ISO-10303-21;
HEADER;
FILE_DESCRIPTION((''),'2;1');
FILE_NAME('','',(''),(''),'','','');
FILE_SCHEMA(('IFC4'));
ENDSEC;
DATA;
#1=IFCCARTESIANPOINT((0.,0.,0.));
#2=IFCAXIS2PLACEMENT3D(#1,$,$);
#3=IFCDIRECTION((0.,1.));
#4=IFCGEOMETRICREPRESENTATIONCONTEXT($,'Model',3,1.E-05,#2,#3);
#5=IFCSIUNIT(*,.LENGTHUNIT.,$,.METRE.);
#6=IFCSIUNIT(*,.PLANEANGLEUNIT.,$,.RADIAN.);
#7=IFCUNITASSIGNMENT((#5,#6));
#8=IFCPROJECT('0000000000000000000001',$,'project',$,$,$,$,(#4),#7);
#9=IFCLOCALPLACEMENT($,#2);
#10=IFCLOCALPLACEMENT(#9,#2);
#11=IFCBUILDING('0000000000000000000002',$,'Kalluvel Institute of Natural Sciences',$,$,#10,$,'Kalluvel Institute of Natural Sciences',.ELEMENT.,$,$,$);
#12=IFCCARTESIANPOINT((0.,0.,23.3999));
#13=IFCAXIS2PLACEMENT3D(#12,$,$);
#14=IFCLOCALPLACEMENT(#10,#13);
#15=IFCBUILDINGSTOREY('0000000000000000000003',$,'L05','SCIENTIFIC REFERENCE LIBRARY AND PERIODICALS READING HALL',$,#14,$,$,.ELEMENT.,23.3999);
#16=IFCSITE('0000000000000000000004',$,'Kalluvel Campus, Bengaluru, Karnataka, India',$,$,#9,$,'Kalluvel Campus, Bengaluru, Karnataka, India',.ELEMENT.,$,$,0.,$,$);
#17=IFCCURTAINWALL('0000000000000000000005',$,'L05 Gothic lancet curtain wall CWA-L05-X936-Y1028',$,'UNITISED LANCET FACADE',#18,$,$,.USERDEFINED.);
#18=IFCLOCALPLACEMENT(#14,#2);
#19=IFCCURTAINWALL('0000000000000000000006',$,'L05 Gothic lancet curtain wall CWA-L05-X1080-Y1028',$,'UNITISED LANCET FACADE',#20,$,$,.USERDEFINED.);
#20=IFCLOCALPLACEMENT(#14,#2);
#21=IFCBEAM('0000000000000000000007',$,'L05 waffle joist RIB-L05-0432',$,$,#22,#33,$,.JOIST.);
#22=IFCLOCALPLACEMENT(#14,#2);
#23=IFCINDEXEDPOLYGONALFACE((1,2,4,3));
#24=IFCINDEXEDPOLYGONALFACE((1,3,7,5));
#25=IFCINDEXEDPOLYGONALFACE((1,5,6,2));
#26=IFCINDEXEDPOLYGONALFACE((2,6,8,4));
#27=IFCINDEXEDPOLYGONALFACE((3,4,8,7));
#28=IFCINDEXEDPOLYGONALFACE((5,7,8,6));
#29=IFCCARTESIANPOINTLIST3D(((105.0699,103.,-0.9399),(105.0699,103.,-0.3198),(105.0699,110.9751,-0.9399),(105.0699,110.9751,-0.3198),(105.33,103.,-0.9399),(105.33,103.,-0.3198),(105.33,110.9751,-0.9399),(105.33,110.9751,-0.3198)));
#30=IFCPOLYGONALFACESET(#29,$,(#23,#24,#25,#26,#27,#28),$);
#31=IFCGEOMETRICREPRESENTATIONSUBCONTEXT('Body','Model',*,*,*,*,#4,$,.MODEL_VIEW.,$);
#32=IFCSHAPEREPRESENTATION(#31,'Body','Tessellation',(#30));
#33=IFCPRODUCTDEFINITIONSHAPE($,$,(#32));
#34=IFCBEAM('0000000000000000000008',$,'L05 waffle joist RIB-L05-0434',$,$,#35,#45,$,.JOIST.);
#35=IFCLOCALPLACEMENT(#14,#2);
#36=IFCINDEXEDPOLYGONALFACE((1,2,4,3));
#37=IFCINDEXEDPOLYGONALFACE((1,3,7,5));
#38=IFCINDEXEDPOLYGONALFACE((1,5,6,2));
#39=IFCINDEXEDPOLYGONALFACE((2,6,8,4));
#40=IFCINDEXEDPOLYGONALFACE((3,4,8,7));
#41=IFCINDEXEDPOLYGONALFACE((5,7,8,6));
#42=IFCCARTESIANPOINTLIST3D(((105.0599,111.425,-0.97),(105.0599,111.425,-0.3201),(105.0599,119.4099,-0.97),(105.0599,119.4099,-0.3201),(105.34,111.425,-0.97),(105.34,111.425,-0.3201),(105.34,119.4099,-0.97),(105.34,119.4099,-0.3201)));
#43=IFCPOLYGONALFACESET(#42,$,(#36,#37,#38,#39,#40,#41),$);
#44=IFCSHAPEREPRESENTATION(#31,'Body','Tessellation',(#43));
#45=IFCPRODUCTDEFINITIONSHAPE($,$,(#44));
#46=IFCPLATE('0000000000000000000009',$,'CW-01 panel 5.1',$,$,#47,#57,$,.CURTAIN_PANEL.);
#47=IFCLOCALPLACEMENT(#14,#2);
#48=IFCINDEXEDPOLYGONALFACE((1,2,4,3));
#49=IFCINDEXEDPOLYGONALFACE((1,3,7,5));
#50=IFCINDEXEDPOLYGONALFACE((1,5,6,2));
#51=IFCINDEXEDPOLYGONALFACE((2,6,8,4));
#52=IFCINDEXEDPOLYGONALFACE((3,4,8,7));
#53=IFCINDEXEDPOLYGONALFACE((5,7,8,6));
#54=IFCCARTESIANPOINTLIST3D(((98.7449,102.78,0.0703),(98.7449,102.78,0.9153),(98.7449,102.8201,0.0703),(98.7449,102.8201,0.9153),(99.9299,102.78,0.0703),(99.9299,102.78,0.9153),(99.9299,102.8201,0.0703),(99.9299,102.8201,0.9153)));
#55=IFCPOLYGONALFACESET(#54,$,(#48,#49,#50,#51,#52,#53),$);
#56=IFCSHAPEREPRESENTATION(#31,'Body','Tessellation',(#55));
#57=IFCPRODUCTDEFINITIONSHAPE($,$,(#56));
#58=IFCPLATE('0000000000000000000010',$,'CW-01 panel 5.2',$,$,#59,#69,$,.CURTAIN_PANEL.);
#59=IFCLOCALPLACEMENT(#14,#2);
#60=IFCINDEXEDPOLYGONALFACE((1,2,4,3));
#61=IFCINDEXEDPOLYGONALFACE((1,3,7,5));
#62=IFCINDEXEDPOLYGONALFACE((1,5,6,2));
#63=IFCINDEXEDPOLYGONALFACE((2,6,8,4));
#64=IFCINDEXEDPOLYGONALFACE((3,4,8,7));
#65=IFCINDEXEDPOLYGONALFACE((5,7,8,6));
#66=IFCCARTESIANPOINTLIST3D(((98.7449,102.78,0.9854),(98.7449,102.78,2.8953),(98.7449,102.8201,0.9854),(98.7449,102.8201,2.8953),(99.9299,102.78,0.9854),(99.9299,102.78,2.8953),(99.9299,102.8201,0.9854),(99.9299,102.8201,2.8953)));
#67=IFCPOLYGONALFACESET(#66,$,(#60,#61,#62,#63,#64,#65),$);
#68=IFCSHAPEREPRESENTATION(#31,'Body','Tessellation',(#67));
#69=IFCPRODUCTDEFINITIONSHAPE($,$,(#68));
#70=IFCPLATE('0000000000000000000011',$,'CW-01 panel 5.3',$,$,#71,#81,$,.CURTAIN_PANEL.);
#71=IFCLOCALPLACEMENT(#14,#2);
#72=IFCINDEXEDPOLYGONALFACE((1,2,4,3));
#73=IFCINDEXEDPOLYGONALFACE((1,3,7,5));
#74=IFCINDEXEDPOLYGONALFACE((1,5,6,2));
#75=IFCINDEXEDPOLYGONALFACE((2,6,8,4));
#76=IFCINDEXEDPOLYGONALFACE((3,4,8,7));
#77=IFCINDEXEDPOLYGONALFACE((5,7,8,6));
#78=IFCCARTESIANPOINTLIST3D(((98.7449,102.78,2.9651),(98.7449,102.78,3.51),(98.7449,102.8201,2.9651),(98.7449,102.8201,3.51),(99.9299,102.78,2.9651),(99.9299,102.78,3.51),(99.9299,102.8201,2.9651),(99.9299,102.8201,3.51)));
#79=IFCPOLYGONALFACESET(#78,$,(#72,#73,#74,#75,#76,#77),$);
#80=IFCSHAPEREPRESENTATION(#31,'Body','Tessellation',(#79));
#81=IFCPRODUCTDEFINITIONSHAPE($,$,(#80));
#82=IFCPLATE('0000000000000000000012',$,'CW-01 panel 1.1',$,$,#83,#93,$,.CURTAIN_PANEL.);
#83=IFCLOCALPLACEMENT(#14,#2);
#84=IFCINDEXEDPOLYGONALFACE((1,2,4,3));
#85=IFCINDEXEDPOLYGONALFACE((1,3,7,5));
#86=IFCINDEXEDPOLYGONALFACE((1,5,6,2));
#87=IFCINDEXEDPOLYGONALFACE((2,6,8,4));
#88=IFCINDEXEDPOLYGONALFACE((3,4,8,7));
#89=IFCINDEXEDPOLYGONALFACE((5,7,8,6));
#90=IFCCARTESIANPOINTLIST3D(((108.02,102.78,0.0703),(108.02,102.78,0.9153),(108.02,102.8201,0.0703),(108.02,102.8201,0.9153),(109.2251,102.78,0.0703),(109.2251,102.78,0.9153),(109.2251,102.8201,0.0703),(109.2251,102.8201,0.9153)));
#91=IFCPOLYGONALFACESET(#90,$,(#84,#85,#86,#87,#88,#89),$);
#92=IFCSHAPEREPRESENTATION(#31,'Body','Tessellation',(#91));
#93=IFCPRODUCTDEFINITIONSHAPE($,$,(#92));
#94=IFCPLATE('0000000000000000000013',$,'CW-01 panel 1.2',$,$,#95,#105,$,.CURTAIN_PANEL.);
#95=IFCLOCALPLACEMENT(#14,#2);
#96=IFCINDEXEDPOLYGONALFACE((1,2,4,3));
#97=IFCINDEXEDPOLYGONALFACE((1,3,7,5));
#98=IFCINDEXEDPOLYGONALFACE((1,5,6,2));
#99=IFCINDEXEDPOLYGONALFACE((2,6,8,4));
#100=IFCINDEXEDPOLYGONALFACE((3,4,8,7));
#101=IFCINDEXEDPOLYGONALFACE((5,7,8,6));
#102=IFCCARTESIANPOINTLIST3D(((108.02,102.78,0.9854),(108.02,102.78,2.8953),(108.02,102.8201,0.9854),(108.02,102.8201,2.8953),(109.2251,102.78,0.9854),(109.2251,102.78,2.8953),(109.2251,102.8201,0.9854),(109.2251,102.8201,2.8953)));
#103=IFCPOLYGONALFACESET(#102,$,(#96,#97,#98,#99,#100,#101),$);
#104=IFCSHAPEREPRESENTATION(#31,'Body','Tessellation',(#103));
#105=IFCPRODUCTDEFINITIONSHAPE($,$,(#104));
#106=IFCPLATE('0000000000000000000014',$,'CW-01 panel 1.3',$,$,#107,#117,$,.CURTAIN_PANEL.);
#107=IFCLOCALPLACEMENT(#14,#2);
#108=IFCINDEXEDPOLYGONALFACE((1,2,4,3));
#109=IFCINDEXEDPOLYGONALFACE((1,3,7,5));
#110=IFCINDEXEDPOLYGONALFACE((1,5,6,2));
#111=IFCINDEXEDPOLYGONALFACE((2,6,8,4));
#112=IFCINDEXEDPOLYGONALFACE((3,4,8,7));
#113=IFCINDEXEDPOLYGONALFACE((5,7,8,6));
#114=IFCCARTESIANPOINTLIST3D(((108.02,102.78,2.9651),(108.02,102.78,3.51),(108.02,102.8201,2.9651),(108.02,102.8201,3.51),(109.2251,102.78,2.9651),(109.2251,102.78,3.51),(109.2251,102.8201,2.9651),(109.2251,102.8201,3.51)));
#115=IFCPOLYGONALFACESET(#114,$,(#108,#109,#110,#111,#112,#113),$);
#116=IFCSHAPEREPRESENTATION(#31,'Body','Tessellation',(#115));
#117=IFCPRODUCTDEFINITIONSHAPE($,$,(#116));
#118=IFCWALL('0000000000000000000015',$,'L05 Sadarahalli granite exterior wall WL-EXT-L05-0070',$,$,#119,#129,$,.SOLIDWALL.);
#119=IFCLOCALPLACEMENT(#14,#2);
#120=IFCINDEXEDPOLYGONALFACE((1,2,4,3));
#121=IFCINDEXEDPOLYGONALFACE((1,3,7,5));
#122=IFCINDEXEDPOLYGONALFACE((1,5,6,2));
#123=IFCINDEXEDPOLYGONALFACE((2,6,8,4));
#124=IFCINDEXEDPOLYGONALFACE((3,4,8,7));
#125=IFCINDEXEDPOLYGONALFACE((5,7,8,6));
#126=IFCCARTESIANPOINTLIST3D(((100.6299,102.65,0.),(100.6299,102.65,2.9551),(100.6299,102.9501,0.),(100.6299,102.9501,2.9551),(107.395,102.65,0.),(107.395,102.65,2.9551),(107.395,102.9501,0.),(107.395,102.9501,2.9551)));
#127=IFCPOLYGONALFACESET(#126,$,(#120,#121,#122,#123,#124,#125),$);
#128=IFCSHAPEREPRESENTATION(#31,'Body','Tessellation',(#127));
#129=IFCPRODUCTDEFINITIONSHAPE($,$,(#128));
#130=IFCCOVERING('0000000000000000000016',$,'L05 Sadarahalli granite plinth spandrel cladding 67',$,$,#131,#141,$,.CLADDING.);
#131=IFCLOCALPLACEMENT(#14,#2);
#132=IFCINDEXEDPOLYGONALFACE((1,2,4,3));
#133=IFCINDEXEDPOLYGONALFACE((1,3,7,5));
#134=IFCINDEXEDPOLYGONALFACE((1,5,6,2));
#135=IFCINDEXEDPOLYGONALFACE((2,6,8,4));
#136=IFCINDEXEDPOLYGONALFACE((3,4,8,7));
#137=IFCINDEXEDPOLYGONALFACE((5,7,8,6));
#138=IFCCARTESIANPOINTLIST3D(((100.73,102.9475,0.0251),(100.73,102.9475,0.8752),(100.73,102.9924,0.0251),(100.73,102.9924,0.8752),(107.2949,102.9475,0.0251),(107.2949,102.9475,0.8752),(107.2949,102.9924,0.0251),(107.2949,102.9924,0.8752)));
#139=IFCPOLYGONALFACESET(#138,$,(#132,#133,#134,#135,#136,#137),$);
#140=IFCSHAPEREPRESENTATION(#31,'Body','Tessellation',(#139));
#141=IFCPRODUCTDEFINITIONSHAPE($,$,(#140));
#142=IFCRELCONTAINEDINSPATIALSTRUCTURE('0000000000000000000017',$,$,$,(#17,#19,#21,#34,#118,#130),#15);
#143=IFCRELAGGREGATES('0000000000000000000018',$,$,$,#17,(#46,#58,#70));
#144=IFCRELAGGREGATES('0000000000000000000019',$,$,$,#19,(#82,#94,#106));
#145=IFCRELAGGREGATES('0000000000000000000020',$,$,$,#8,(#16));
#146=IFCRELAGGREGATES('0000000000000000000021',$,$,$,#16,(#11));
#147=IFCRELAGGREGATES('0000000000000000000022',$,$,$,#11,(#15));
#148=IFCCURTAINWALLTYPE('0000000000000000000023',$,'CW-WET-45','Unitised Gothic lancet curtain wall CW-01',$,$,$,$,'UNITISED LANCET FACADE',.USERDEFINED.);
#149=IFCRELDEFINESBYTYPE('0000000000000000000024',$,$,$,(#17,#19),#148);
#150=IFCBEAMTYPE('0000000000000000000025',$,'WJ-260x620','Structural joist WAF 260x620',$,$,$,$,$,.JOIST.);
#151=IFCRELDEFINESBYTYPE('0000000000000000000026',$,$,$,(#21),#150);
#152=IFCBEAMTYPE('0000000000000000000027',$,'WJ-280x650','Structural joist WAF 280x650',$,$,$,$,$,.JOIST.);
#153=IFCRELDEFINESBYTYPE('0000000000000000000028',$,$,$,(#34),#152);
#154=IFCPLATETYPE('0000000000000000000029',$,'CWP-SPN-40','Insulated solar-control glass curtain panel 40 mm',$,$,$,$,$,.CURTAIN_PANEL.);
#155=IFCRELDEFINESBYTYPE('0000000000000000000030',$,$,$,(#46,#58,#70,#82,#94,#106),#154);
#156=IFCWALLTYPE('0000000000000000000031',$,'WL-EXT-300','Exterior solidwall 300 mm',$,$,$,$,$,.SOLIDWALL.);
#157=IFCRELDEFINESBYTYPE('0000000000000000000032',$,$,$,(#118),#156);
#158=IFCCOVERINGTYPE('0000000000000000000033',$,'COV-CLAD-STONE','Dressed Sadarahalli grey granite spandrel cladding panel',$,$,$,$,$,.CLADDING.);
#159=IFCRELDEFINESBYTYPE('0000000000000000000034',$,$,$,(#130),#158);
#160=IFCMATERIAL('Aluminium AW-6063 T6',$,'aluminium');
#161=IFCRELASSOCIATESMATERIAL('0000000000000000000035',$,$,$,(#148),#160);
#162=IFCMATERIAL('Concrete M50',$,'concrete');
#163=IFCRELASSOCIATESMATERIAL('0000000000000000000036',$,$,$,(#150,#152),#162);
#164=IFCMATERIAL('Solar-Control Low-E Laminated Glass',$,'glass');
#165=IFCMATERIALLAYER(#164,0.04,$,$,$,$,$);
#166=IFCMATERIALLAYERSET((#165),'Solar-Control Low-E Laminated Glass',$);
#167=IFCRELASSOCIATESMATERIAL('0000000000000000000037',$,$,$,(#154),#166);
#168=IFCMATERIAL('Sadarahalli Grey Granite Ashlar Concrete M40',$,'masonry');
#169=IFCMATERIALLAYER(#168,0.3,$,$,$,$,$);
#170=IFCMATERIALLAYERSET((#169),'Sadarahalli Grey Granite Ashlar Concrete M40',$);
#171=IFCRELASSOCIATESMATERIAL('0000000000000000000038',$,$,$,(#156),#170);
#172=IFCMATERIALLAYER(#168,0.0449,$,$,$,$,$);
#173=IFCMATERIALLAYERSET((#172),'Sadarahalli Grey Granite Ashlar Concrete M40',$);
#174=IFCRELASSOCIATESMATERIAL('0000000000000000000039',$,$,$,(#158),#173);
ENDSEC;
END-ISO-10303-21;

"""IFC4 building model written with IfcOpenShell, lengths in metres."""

from ifc_helpers import new_model, si_unit, direction, frame, frame_2d, origin, origin_2d, place, context, subcontext, project, spatial, rectangle, extrude, material, layer, layer_set, material_profile, profile_set, type_object, element, aggregate, save


model = new_model("IFC4")

# Units and contexts
model_context = context("Model", 3, precision=1e-05, world=origin(), true_north=direction((0.0, 1.0)))
body_context = subcontext(model_context, "Body", "Model", "MODEL_VIEW")
ifc_project = project(units=[si_unit("LENGTHUNIT", "METRE"), si_unit("PLANEANGLEUNIT", "RADIAN")], contexts=[model_context])

# Site, building, storey
site_placement = place(None, origin())
site = spatial("IfcSite", under=ifc_project, at=site_placement, Name="Kalluvel Campus, Bengaluru, Karnataka, India", LongName="Kalluvel Campus, Bengaluru, Karnataka, India", CompositionType="ELEMENT", RefElevation=0.0)
building_placement = place(site_placement, origin())
building = spatial("IfcBuilding", under=site, at=building_placement, Name="Kalluvel Institute of Natural Sciences", LongName="Kalluvel Institute of Natural Sciences", CompositionType="ELEMENT")
storey_placement = place(building_placement, frame((0.0, 0.0, 23.3999)))
storey = spatial("IfcBuildingStorey", under=building, at=storey_placement, Name="L05", Description="SCIENTIFIC REFERENCE LIBRARY AND PERIODICALS READING HALL", CompositionType="ELEMENT", Elevation=23.3999)

# Shared definitions
ifc_material_1 = material(Name="Concrete M50", Category="concrete")

# Curtain wall
ifc_material_2 = material(Name="Aluminium AW-6063 T6", Category="aluminium")
curtain_wall_type = type_object("IfcCurtainWallType", Name="CW-WET-45", Description="Unitised Gothic lancet curtain wall CW-01", ElementType="UNITISED LANCET FACADE", PredefinedType="USERDEFINED", material=ifc_material_2)
curtain_wall_1_placement = place(storey_placement, origin())
curtain_wall_1 = element("IfcCurtainWall", 1, at=curtain_wall_1_placement, inside=storey, type_object=curtain_wall_type, Name="L05 Gothic lancet curtain wall CWA-L05-X936-Y1028", ObjectType="UNITISED LANCET FACADE", PredefinedType="USERDEFINED")

# Curtain wall
curtain_wall_2_placement = place(storey_placement, origin())
curtain_wall_2 = element("IfcCurtainWall", 2, at=curtain_wall_2_placement, inside=storey, type_object=curtain_wall_type, Name="L05 Gothic lancet curtain wall CWA-L05-X1080-Y1028", ObjectType="UNITISED LANCET FACADE", PredefinedType="USERDEFINED")

# Beams
ifc_material_profile_1 = material_profile(ifc_material_1, rectangle(XDim=0.26, YDim=0.6201, at=origin_2d()), Name="WAF 260x620")
ifc_profile_set_1 = profile_set([ifc_material_profile_1], Name="Concrete M50")
beam_type_1 = type_object("IfcBeamType", Name="WJ-260x620", Description="Structural joist WAF 260x620", PredefinedType="JOIST", material=ifc_profile_set_1)
beam_1_placement = place(storey_placement, frame((105.2, 103.0, -0.6299), z_axis=(0.0, 1.0, 0.0), x_axis=(-1.0, 0.0, 0.0)))
element("IfcBeam", 3, at=beam_1_placement, inside=storey, type_object=beam_type_1, Name="L05 waffle joist RIB-L05-0432", PredefinedType="JOIST", context=body_context, shape_type="SweptSolid", body=[
    extrude(rectangle(XDim=0.26, YDim=0.6201, at=origin_2d()), origin(), (0.0, 0.0, 1.0), 7.9751),
])
ifc_material_profile_2 = material_profile(ifc_material_1, rectangle(XDim=0.28, YDim=0.6499, at=origin_2d()), Name="WAF 280x650")
ifc_profile_set_2 = profile_set([ifc_material_profile_2], Name="Concrete M50")
beam_type_2 = type_object("IfcBeamType", Name="WJ-280x650", Description="Structural joist WAF 280x650", PredefinedType="JOIST", material=ifc_profile_set_2)
beam_2_placement = place(storey_placement, frame((105.2, 111.425, -0.645), z_axis=(0.0, 1.0, 0.0), x_axis=(-1.0, 0.0, 0.0)))
element("IfcBeam", 4, at=beam_2_placement, inside=storey, type_object=beam_type_2, Name="L05 waffle joist RIB-L05-0434", PredefinedType="JOIST", context=body_context, shape_type="SweptSolid", body=[
    extrude(rectangle(XDim=0.28, YDim=0.6499, at=origin_2d()), origin(), (0.0, 0.0, 1.0), 7.9849),
])

# Plates
ifc_material_3 = material(Name="Solar-Control Low-E Laminated Glass", Category="glass")
ifc_layer_1 = layer(ifc_material_3, 0.04)
ifc_layer_set_1 = layer_set([ifc_layer_1], Name="Solar-Control Low-E Laminated Glass")
plate_type = type_object("IfcPlateType", Name="CWP-SPN-40", Description="Insulated solar-control glass curtain panel 40 mm", PredefinedType="CURTAIN_PANEL", material=ifc_layer_set_1)
plate_1_placement = place(storey_placement, frame((99.3374, 102.8, 0.0703), z_axis=(0.0, 0.0, 1.0), x_axis=(1.0, 0.0, 0.0)))
plate_1 = element("IfcPlate", 5, at=plate_1_placement, type_object=plate_type, Name="CW-01 panel 5.1", PredefinedType="CURTAIN_PANEL", context=body_context, shape_type="SweptSolid", body=[
    extrude(rectangle(XDim=1.1851, YDim=0.04, at=origin_2d()), origin(), (0.0, 0.0, 1.0), 0.845),
])
plate_2_placement = place(storey_placement, frame((99.3374, 102.8, 0.9854), z_axis=(0.0, 0.0, 1.0), x_axis=(1.0, 0.0, 0.0)))
plate_2 = element("IfcPlate", 6, at=plate_2_placement, type_object=plate_type, Name="CW-01 panel 5.2", PredefinedType="CURTAIN_PANEL", context=body_context, shape_type="SweptSolid", body=[
    extrude(rectangle(XDim=1.1851, YDim=0.04, at=origin_2d()), origin(), (0.0, 0.0, 1.0), 1.9099),
])
plate_3_placement = place(storey_placement, frame((99.3374, 102.8, 2.9651), z_axis=(0.0, 0.0, 1.0), x_axis=(1.0, 0.0, 0.0)))
plate_3 = element("IfcPlate", 7, at=plate_3_placement, type_object=plate_type, Name="CW-01 panel 5.3", PredefinedType="CURTAIN_PANEL", context=body_context, shape_type="SweptSolid", body=[
    extrude(rectangle(XDim=1.1851, YDim=0.04, at=origin_2d()), origin(), (0.0, 0.0, 1.0), 0.5449),
])
aggregate(curtain_wall_1, [plate_1, plate_2, plate_3])
plate_4_placement = place(storey_placement, frame((108.6226, 102.8, 0.0703), z_axis=(0.0, 0.0, 1.0), x_axis=(1.0, 0.0, 0.0)))
plate_4 = element("IfcPlate", 8, at=plate_4_placement, type_object=plate_type, Name="CW-01 panel 1.1", PredefinedType="CURTAIN_PANEL", context=body_context, shape_type="SweptSolid", body=[
    extrude(rectangle(XDim=1.2051, YDim=0.04, at=origin_2d()), origin(), (0.0, 0.0, 1.0), 0.845),
])
plate_5_placement = place(storey_placement, frame((108.6226, 102.8, 0.9854), z_axis=(0.0, 0.0, 1.0), x_axis=(1.0, 0.0, 0.0)))
plate_5 = element("IfcPlate", 9, at=plate_5_placement, type_object=plate_type, Name="CW-01 panel 1.2", PredefinedType="CURTAIN_PANEL", context=body_context, shape_type="SweptSolid", body=[
    extrude(rectangle(XDim=1.2051, YDim=0.04, at=origin_2d()), origin(), (0.0, 0.0, 1.0), 1.9099),
])
plate_6_placement = place(storey_placement, frame((108.6226, 102.8, 2.9651), z_axis=(0.0, 0.0, 1.0), x_axis=(1.0, 0.0, 0.0)))
plate_6 = element("IfcPlate", 10, at=plate_6_placement, type_object=plate_type, Name="CW-01 panel 1.3", PredefinedType="CURTAIN_PANEL", context=body_context, shape_type="SweptSolid", body=[
    extrude(rectangle(XDim=1.2051, YDim=0.04, at=origin_2d()), origin(), (0.0, 0.0, 1.0), 0.5449),
])
aggregate(curtain_wall_2, [plate_4, plate_5, plate_6])

# Wall
ifc_material_4 = material(Name="Sadarahalli Grey Granite Ashlar Concrete M40", Category="masonry")
ifc_layer_2 = layer(ifc_material_4, 0.3)
ifc_layer_set_2 = layer_set([ifc_layer_2], Name="Sadarahalli Grey Granite Ashlar Concrete M40")
wall_type = type_object("IfcWallType", Name="WL-EXT-300", Description="Exterior solidwall 300 mm", PredefinedType="SOLIDWALL", material=ifc_layer_set_2)
wall_placement = place(storey_placement, frame((100.6299, 102.8, 0.0), z_axis=(0.0, 0.0, 1.0), x_axis=(1.0, 0.0, 0.0)))
element("IfcWall", 11, at=wall_placement, inside=storey, type_object=wall_type, Name="L05 Sadarahalli granite exterior wall WL-EXT-L05-0070", PredefinedType="SOLIDWALL", context=body_context, shape_type="SweptSolid", body=[
    extrude(rectangle(XDim=6.7651, YDim=0.3, at=frame_2d((3.3826, 0.0))), origin(), (0.0, 0.0, 1.0), 2.9551),
])

# Covering
ifc_layer_3 = layer(ifc_material_4, 0.0449)
ifc_layer_set_3 = layer_set([ifc_layer_3], Name="Sadarahalli Grey Granite Ashlar Concrete M40")
covering_type = type_object("IfcCoveringType", Name="COV-CLAD-STONE", Description="Dressed Sadarahalli grey granite spandrel cladding panel", PredefinedType="CLADDING", material=ifc_layer_set_3)
covering_placement = place(storey_placement, frame((104.0125, 102.97, 0.0251), z_axis=(0.0, 0.0, 1.0), x_axis=(1.0, 0.0, 0.0)))
element("IfcCovering", 12, at=covering_placement, inside=storey, type_object=covering_type, Name="L05 Sadarahalli granite plinth spandrel cladding 67", PredefinedType="CLADDING", context=body_context, shape_type="SweptSolid", body=[
    extrude(rectangle(XDim=6.5649, YDim=0.0449, at=origin_2d()), origin(), (0.0, 0.0, 1.0), 0.8501),
])

save(model, "model.ifc")
